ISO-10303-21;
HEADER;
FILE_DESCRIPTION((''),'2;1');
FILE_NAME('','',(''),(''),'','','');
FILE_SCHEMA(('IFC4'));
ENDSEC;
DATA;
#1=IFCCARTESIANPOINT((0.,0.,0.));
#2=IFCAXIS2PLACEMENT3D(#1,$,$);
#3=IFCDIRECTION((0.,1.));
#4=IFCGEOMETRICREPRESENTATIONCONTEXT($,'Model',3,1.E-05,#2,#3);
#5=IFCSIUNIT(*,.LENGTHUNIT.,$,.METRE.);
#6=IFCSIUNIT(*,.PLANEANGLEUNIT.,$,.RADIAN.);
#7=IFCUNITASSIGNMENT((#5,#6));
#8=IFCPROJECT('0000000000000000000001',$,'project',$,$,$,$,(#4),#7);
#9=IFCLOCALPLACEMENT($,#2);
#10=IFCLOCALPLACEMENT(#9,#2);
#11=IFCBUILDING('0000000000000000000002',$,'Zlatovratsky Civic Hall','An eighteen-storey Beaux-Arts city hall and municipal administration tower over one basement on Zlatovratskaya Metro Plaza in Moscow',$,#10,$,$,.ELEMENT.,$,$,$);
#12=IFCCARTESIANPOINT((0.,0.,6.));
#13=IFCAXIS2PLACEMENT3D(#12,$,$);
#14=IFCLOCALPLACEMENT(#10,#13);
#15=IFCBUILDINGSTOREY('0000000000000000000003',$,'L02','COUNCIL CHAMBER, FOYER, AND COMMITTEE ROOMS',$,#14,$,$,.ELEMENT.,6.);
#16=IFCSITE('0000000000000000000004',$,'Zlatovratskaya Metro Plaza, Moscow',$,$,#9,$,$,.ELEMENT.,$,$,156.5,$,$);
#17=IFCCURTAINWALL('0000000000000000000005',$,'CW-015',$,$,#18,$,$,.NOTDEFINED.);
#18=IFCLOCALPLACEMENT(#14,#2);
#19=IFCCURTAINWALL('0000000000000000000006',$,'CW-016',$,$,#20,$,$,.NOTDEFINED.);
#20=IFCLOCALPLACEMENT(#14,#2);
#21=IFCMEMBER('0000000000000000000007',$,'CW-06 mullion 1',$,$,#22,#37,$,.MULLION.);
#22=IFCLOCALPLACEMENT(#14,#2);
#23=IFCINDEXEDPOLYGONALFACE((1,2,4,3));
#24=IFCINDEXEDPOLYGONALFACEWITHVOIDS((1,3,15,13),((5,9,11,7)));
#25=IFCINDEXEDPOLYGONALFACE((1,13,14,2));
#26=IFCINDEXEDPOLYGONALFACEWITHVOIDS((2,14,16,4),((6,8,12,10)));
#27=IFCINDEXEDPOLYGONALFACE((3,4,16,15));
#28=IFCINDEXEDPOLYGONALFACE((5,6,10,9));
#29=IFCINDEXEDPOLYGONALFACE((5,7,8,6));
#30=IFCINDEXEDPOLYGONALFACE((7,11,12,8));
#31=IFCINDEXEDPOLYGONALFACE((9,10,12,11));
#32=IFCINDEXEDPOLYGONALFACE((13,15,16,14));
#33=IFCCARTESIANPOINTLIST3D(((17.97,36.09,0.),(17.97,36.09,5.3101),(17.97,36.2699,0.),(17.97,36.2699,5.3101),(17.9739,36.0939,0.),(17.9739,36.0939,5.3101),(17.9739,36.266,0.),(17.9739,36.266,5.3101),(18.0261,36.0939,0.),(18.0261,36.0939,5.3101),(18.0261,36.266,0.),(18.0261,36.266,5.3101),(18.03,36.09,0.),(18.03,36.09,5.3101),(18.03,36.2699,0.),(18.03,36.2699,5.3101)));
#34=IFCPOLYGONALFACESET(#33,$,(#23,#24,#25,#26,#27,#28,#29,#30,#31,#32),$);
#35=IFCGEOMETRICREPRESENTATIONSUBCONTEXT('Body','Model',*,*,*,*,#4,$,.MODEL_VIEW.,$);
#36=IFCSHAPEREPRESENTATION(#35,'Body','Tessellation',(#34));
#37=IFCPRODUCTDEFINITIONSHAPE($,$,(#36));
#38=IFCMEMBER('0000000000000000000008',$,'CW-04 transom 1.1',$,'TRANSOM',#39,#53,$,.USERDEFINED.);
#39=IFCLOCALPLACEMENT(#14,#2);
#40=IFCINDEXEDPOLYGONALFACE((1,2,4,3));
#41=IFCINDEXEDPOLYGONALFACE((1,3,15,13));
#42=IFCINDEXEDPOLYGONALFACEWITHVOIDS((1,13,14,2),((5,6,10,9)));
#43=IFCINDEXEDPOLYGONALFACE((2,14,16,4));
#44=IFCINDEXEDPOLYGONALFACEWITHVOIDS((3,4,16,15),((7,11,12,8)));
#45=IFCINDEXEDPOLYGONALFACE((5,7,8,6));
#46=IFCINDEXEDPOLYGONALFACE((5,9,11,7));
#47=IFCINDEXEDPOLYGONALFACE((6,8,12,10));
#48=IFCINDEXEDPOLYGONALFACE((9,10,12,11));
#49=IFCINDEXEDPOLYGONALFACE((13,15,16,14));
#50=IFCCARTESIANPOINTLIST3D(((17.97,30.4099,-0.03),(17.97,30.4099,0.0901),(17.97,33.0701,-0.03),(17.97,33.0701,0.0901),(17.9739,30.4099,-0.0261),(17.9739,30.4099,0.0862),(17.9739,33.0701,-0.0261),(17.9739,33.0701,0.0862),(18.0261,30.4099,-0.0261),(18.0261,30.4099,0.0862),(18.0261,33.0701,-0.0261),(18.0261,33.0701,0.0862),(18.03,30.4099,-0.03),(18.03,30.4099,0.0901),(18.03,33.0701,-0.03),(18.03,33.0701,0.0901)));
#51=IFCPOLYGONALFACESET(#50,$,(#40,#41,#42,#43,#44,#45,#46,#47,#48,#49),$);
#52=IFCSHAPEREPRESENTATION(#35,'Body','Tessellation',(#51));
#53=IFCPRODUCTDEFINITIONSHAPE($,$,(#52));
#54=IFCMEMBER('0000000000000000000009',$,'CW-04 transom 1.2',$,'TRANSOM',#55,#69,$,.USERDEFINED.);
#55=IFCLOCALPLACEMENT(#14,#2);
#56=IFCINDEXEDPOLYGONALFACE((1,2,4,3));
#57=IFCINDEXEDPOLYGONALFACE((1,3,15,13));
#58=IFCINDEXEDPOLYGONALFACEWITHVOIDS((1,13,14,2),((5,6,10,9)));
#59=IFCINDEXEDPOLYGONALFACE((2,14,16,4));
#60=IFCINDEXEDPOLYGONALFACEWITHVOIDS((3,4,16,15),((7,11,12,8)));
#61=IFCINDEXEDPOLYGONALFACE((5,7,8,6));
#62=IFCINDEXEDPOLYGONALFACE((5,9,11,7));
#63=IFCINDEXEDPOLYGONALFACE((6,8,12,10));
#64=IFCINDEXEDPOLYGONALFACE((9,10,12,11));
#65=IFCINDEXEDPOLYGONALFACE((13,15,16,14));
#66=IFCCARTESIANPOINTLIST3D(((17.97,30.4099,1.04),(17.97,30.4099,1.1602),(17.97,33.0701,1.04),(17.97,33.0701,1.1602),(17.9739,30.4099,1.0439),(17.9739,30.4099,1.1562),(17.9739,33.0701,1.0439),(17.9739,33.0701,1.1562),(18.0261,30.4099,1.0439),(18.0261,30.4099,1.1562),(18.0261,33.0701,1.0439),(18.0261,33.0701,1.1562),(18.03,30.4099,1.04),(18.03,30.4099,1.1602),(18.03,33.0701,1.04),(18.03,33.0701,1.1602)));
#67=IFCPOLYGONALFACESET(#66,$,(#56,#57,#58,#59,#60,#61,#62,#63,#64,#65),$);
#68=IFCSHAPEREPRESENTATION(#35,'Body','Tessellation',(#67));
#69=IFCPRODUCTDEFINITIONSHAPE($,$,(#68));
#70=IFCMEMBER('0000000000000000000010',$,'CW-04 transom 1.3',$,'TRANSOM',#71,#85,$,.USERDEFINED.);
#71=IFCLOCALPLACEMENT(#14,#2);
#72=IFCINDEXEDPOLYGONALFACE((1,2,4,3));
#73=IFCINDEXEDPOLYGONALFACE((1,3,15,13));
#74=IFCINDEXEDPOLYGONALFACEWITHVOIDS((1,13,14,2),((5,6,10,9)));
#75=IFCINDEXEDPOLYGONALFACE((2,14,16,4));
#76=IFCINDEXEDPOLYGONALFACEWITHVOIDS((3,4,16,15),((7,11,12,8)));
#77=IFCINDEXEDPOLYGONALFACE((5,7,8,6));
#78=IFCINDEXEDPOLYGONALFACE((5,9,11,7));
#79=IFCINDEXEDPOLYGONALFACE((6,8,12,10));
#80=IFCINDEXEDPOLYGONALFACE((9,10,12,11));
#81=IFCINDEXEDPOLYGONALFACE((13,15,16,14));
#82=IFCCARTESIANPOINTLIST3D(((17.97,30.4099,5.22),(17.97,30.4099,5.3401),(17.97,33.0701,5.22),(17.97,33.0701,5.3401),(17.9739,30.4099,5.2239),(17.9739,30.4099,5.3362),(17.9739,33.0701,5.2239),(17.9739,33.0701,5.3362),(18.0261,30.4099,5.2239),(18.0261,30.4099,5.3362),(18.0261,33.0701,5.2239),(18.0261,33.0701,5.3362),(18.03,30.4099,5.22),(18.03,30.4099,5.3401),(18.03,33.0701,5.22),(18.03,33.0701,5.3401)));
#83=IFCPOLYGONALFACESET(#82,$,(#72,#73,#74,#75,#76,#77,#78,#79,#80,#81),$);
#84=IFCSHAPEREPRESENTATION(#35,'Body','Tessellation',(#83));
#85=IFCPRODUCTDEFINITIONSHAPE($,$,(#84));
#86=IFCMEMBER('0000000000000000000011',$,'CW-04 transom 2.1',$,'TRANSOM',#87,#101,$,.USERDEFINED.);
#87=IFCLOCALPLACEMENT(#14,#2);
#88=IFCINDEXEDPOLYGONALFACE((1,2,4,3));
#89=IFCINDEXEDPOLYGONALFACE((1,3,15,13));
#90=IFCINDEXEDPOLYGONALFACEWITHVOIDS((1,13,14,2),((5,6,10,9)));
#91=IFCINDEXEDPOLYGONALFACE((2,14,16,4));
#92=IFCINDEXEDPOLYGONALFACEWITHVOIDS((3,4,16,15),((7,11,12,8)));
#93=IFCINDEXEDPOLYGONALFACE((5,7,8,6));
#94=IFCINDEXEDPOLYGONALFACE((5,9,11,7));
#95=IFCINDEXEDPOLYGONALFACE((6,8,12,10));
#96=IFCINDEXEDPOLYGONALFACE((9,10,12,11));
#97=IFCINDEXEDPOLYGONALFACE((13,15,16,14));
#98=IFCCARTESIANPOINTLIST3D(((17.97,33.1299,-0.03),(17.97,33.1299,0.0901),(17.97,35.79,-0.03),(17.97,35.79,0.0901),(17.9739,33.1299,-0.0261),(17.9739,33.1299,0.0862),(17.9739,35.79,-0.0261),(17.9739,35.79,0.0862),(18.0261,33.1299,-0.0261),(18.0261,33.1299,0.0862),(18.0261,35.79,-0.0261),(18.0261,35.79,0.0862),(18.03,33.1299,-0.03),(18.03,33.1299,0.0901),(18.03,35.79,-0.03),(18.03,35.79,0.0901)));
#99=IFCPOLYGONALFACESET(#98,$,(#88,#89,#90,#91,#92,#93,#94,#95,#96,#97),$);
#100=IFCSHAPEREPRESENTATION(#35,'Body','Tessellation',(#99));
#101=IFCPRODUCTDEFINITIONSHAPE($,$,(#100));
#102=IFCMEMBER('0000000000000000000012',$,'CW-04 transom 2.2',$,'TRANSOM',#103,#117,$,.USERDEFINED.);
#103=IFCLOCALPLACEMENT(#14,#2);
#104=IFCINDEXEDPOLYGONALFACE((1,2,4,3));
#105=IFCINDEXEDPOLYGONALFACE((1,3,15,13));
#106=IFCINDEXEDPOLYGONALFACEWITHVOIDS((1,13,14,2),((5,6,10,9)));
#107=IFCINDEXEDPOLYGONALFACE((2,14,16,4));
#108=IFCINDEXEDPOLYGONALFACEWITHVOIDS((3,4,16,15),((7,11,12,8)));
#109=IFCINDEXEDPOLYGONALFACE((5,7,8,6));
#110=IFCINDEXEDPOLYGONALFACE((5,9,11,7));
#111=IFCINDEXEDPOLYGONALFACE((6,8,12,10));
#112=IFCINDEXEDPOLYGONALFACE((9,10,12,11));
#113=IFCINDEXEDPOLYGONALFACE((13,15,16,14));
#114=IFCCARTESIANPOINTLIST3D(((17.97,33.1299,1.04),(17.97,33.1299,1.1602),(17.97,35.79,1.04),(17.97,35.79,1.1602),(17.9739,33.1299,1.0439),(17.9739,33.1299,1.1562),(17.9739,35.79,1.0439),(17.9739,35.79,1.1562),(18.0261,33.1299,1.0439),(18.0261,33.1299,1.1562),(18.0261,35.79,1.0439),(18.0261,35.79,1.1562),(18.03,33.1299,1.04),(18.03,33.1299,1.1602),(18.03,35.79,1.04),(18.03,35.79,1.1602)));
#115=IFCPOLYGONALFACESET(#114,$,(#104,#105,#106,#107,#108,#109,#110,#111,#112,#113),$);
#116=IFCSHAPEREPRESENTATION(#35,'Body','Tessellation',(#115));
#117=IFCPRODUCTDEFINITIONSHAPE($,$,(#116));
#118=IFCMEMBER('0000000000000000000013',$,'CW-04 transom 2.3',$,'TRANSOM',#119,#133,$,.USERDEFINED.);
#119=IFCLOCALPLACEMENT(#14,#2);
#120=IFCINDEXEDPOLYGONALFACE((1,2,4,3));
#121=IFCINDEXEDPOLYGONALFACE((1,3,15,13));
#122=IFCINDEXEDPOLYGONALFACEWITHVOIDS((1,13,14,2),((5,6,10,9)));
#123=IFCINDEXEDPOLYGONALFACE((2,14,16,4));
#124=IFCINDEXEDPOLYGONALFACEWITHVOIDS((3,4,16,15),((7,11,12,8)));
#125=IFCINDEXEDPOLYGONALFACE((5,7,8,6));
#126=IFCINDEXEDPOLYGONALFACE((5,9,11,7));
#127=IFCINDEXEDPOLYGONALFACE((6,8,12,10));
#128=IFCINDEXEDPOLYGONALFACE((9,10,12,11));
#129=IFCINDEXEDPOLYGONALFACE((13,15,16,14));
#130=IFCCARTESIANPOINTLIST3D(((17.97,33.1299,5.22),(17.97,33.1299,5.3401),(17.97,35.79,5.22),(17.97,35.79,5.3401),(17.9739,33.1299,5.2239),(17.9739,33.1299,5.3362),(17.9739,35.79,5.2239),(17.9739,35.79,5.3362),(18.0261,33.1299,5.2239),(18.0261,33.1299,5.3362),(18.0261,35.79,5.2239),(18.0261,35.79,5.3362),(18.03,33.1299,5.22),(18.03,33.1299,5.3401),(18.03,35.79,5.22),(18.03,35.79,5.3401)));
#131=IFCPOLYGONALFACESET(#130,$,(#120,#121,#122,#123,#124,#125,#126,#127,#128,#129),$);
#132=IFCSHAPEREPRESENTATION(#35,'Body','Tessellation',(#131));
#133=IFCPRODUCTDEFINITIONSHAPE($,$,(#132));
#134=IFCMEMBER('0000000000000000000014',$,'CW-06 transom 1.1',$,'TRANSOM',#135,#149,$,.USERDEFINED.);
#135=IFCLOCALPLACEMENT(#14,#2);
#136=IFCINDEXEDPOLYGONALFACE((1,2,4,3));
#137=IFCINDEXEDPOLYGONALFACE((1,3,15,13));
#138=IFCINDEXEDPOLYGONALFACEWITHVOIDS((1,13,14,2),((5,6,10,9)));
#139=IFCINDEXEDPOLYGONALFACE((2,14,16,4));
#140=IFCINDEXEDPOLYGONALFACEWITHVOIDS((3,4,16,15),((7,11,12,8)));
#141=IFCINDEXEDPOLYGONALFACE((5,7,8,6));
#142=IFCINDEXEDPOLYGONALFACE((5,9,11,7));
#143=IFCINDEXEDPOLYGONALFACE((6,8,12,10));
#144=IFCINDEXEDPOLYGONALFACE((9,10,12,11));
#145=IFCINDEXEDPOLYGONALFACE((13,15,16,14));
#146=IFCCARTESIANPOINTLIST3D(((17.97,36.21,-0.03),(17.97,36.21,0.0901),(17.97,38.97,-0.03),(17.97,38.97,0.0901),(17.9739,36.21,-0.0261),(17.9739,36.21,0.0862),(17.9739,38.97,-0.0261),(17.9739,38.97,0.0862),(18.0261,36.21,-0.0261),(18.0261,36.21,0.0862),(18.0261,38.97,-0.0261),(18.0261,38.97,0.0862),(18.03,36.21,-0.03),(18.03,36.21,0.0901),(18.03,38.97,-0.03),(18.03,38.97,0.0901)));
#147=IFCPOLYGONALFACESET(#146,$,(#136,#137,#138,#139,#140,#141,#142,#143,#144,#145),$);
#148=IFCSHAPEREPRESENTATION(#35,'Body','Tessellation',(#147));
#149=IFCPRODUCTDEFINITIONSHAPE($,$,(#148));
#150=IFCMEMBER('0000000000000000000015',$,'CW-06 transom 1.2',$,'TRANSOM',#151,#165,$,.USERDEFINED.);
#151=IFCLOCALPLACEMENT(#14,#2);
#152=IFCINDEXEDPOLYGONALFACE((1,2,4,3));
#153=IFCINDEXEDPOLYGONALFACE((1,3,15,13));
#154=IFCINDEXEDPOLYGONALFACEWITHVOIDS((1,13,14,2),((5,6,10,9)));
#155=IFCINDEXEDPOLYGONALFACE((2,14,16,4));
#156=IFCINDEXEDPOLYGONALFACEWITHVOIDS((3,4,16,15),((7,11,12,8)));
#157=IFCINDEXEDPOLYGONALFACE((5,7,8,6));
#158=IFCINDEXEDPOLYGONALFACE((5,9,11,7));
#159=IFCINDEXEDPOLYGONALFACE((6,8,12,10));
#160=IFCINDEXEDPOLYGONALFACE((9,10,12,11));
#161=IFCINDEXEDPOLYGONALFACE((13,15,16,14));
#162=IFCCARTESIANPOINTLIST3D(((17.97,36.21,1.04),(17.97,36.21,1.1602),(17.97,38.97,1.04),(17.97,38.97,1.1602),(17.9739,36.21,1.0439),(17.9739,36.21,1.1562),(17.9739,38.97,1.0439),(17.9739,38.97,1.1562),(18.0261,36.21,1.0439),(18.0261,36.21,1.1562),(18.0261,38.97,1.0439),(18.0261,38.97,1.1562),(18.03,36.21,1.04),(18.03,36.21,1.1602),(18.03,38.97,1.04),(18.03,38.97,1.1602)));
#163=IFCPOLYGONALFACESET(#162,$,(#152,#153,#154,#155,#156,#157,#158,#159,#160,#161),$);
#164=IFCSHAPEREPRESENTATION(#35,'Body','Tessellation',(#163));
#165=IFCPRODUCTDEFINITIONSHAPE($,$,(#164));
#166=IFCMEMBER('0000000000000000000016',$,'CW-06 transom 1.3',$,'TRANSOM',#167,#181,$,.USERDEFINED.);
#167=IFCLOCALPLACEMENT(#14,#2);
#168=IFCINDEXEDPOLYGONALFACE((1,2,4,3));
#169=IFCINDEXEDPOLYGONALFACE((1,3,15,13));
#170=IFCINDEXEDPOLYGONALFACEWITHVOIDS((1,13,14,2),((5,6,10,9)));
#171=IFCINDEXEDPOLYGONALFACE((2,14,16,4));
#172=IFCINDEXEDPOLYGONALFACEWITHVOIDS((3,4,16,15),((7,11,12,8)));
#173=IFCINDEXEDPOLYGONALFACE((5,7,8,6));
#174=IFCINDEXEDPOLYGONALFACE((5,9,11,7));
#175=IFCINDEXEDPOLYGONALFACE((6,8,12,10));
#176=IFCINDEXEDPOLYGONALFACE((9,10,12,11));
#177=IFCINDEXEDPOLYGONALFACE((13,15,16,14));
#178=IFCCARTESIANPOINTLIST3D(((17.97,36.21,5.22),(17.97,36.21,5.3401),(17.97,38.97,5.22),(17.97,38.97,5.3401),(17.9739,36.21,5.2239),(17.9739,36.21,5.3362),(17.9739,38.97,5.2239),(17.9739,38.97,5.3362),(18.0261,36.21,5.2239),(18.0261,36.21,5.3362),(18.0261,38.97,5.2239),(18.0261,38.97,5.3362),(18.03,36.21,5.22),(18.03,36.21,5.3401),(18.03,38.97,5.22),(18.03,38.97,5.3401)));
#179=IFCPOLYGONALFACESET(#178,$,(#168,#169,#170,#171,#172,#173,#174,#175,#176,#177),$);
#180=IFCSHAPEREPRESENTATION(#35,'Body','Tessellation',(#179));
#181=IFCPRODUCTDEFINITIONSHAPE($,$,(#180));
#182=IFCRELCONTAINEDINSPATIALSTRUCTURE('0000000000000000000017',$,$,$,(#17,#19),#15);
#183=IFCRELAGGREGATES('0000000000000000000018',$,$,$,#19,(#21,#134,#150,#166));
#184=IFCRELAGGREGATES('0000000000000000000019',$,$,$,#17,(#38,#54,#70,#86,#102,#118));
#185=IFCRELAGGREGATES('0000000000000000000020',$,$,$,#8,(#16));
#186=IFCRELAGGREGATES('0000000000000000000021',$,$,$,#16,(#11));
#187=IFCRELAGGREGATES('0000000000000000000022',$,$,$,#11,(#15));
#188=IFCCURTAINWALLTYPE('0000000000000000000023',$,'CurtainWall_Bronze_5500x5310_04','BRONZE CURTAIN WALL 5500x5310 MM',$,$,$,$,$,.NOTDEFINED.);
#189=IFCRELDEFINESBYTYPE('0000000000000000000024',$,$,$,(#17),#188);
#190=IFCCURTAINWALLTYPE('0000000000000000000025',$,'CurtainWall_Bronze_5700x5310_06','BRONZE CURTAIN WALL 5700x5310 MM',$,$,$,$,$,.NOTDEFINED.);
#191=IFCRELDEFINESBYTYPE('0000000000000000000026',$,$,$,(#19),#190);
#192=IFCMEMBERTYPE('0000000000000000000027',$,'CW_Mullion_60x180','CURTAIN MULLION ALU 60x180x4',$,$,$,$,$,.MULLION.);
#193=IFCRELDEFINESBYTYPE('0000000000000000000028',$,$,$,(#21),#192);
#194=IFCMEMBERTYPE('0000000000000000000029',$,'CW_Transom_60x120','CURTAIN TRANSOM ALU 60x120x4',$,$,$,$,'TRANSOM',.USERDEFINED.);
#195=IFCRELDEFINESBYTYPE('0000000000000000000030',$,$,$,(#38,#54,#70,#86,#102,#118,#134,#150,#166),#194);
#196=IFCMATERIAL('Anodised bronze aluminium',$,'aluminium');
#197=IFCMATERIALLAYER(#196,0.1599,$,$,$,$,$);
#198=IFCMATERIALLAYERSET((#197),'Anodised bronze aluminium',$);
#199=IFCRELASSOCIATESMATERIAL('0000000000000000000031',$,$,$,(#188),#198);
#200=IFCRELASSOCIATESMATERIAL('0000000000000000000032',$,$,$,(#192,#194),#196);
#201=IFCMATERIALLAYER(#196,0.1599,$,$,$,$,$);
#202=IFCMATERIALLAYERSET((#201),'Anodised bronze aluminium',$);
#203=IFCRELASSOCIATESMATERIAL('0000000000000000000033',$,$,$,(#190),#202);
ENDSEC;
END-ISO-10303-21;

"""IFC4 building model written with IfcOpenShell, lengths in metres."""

from ifc_helpers import new_model, si_unit, direction, frame, origin, origin_2d, place, context, subcontext, project, spatial, hollow_rectangle, extrude, material, layer, layer_set, material_profile, profile_set, type_object, element, aggregate, save


model = new_model("IFC4")

# Units and contexts
model_context = context("Model", 3, precision=1e-05, world=origin(), true_north=direction((0.0, 1.0)))
body_context = subcontext(model_context, "Body", "Model", "MODEL_VIEW")
ifc_project = project(units=[si_unit("LENGTHUNIT", "METRE"), si_unit("PLANEANGLEUNIT", "RADIAN")], contexts=[model_context])

# Site, building, storey
site_placement = place(None, origin())
site = spatial("IfcSite", under=ifc_project, at=site_placement, Name="Zlatovratskaya Metro Plaza, Moscow", CompositionType="ELEMENT", RefElevation=156.5)
building_placement = place(site_placement, origin())
building = spatial("IfcBuilding", under=site, at=building_placement, Name="Zlatovratsky Civic Hall", Description="An eighteen-storey Beaux-Arts city hall and municipal administration tower over one basement on Zlatovratskaya Metro Plaza in Moscow", CompositionType="ELEMENT")
storey_placement = place(building_placement, frame((0.0, 0.0, 6.0)))
storey = spatial("IfcBuildingStorey", under=building, at=storey_placement, Name="L02", Description="COUNCIL CHAMBER, FOYER, AND COMMITTEE ROOMS", CompositionType="ELEMENT", Elevation=6.0)

# Curtain wall
ifc_material_1 = material(Name="Anodised bronze aluminium", Category="aluminium")
ifc_layer_1 = layer(ifc_material_1, 0.1599)
ifc_layer_set_1 = layer_set([ifc_layer_1], Name="Anodised bronze aluminium")
curtain_wall_type_1 = type_object("IfcCurtainWallType", Name="CurtainWall_Bronze_5500x5310_04", Description="BRONZE CURTAIN WALL 5500x5310 MM", PredefinedType="NOTDEFINED", material=ifc_layer_set_1)
curtain_wall_1_placement = place(storey_placement, origin())
curtain_wall_1 = element("IfcCurtainWall", 1, at=curtain_wall_1_placement, inside=storey, type_object=curtain_wall_type_1, Name="CW-015", PredefinedType="NOTDEFINED")
ifc_material_profile_1 = material_profile(ifc_material_1, hollow_rectangle(XDim=0.0601, YDim=0.1799, WallThickness=0.0039, at=origin_2d()), Name="ALU 60x180x4")
ifc_profile_set_1 = profile_set([ifc_material_profile_1], Name="Anodised bronze aluminium")
member_type_1 = type_object("IfcMemberType", Name="CW_Mullion_60x180", Description="CURTAIN MULLION ALU 60x180x4", PredefinedType="MULLION", material=ifc_profile_set_1)

# Curtain wall, member
ifc_layer_2 = layer(ifc_material_1, 0.1599)
ifc_layer_set_2 = layer_set([ifc_layer_2], Name="Anodised bronze aluminium")
curtain_wall_type_2 = type_object("IfcCurtainWallType", Name="CurtainWall_Bronze_5700x5310_06", Description="BRONZE CURTAIN WALL 5700x5310 MM", PredefinedType="NOTDEFINED", material=ifc_layer_set_2)
curtain_wall_2_placement = place(storey_placement, origin())
curtain_wall_2 = element("IfcCurtainWall", 2, at=curtain_wall_2_placement, inside=storey, type_object=curtain_wall_type_2, Name="CW-016", PredefinedType="NOTDEFINED")
member_1_placement = place(storey_placement, frame((18.0, 36.1799, 0.0), z_axis=(0.0, 0.0, 1.0), x_axis=(-1.0, 0.0, 0.0)))
member_1 = element("IfcMember", 3, at=member_1_placement, type_object=member_type_1, Name="CW-06 mullion 1", PredefinedType="MULLION", context=body_context, shape_type="SweptSolid", body=[
    extrude(hollow_rectangle(XDim=0.0601, YDim=0.1799, WallThickness=0.0039, at=origin_2d()), origin(), (0.0, 0.0, 1.0), 5.3101),
])

# Members
ifc_material_profile_2 = material_profile(ifc_material_1, hollow_rectangle(XDim=0.0601, YDim=0.1201, WallThickness=0.0039, at=origin_2d()), Name="ALU 60x120x4")
ifc_profile_set_2 = profile_set([ifc_material_profile_2], Name="Anodised bronze aluminium")
member_type_2 = type_object("IfcMemberType", Name="CW_Transom_60x120", Description="CURTAIN TRANSOM ALU 60x120x4", ElementType="TRANSOM", PredefinedType="USERDEFINED", material=ifc_profile_set_2)
member_2_placement = place(storey_placement, frame((18.0, 30.4099, 0.03), z_axis=(0.0, 1.0, 0.0), x_axis=(-1.0, 0.0, 0.0)))
member_2 = element("IfcMember", 4, at=member_2_placement, type_object=member_type_2, Name="CW-04 transom 1.1", ObjectType="TRANSOM", PredefinedType="USERDEFINED", context=body_context, shape_type="SweptSolid", body=[
    extrude(hollow_rectangle(XDim=0.0601, YDim=0.1201, WallThickness=0.0039, at=origin_2d()), origin(), (0.0, 0.0, 1.0), 2.6602),
])
member_3_placement = place(storey_placement, frame((18.0, 30.4099, 1.1001), z_axis=(0.0, 1.0, 0.0), x_axis=(-1.0, 0.0, 0.0)))
member_3 = element("IfcMember", 5, at=member_3_placement, type_object=member_type_2, Name="CW-04 transom 1.2", ObjectType="TRANSOM", PredefinedType="USERDEFINED", context=body_context, shape_type="SweptSolid", body=[
    extrude(hollow_rectangle(XDim=0.0601, YDim=0.1201, WallThickness=0.0039, at=origin_2d()), origin(), (0.0, 0.0, 1.0), 2.6602),
])
member_4_placement = place(storey_placement, frame((18.0, 30.4099, 5.28), z_axis=(0.0, 1.0, 0.0), x_axis=(-1.0, 0.0, 0.0)))
member_4 = element("IfcMember", 6, at=member_4_placement, type_object=member_type_2, Name="CW-04 transom 1.3", ObjectType="TRANSOM", PredefinedType="USERDEFINED", context=body_context, shape_type="SweptSolid", body=[
    extrude(hollow_rectangle(XDim=0.0601, YDim=0.1201, WallThickness=0.0039, at=origin_2d()), origin(), (0.0, 0.0, 1.0), 2.6602),
])
member_5_placement = place(storey_placement, frame((18.0, 33.1299, 0.03), z_axis=(0.0, 1.0, 0.0), x_axis=(-1.0, 0.0, 0.0)))
member_5 = element("IfcMember", 7, at=member_5_placement, type_object=member_type_2, Name="CW-04 transom 2.1", ObjectType="TRANSOM", PredefinedType="USERDEFINED", context=body_context, shape_type="SweptSolid", body=[
    extrude(hollow_rectangle(XDim=0.0601, YDim=0.1201, WallThickness=0.0039, at=origin_2d()), origin(), (0.0, 0.0, 1.0), 2.6602),
])
member_6_placement = place(storey_placement, frame((18.0, 33.1299, 1.1001), z_axis=(0.0, 1.0, 0.0), x_axis=(-1.0, 0.0, 0.0)))
member_6 = element("IfcMember", 8, at=member_6_placement, type_object=member_type_2, Name="CW-04 transom 2.2", ObjectType="TRANSOM", PredefinedType="USERDEFINED", context=body_context, shape_type="SweptSolid", body=[
    extrude(hollow_rectangle(XDim=0.0601, YDim=0.1201, WallThickness=0.0039, at=origin_2d()), origin(), (0.0, 0.0, 1.0), 2.6602),
])
member_7_placement = place(storey_placement, frame((18.0, 33.1299, 5.28), z_axis=(0.0, 1.0, 0.0), x_axis=(-1.0, 0.0, 0.0)))
member_7 = element("IfcMember", 9, at=member_7_placement, type_object=member_type_2, Name="CW-04 transom 2.3", ObjectType="TRANSOM", PredefinedType="USERDEFINED", context=body_context, shape_type="SweptSolid", body=[
    extrude(hollow_rectangle(XDim=0.0601, YDim=0.1201, WallThickness=0.0039, at=origin_2d()), origin(), (0.0, 0.0, 1.0), 2.6602),
])
member_8_placement = place(storey_placement, frame((18.0, 36.21, 0.03), z_axis=(0.0, 1.0, 0.0), x_axis=(-1.0, 0.0, 0.0)))
member_8 = element("IfcMember", 10, at=member_8_placement, type_object=member_type_2, Name="CW-06 transom 1.1", ObjectType="TRANSOM", PredefinedType="USERDEFINED", context=body_context, shape_type="SweptSolid", body=[
    extrude(hollow_rectangle(XDim=0.0601, YDim=0.1201, WallThickness=0.0039, at=origin_2d()), origin(), (0.0, 0.0, 1.0), 2.76),
])
member_9_placement = place(storey_placement, frame((18.0, 36.21, 1.1001), z_axis=(0.0, 1.0, 0.0), x_axis=(-1.0, 0.0, 0.0)))
member_9 = element("IfcMember", 11, at=member_9_placement, type_object=member_type_2, Name="CW-06 transom 1.2", ObjectType="TRANSOM", PredefinedType="USERDEFINED", context=body_context, shape_type="SweptSolid", body=[
    extrude(hollow_rectangle(XDim=0.0601, YDim=0.1201, WallThickness=0.0039, at=origin_2d()), origin(), (0.0, 0.0, 1.0), 2.76),
])
member_10_placement = place(storey_placement, frame((18.0, 36.21, 5.28), z_axis=(0.0, 1.0, 0.0), x_axis=(-1.0, 0.0, 0.0)))
member_10 = element("IfcMember", 12, at=member_10_placement, type_object=member_type_2, Name="CW-06 transom 1.3", ObjectType="TRANSOM", PredefinedType="USERDEFINED", context=body_context, shape_type="SweptSolid", body=[
    extrude(hollow_rectangle(XDim=0.0601, YDim=0.1201, WallThickness=0.0039, at=origin_2d()), origin(), (0.0, 0.0, 1.0), 2.76),
])
aggregate(curtain_wall_2, [member_1, member_8, member_9, member_10])

aggregate(curtain_wall_1, [member_2, member_3, member_4, member_5, member_6, member_7])

save(model, "model.ifc")
